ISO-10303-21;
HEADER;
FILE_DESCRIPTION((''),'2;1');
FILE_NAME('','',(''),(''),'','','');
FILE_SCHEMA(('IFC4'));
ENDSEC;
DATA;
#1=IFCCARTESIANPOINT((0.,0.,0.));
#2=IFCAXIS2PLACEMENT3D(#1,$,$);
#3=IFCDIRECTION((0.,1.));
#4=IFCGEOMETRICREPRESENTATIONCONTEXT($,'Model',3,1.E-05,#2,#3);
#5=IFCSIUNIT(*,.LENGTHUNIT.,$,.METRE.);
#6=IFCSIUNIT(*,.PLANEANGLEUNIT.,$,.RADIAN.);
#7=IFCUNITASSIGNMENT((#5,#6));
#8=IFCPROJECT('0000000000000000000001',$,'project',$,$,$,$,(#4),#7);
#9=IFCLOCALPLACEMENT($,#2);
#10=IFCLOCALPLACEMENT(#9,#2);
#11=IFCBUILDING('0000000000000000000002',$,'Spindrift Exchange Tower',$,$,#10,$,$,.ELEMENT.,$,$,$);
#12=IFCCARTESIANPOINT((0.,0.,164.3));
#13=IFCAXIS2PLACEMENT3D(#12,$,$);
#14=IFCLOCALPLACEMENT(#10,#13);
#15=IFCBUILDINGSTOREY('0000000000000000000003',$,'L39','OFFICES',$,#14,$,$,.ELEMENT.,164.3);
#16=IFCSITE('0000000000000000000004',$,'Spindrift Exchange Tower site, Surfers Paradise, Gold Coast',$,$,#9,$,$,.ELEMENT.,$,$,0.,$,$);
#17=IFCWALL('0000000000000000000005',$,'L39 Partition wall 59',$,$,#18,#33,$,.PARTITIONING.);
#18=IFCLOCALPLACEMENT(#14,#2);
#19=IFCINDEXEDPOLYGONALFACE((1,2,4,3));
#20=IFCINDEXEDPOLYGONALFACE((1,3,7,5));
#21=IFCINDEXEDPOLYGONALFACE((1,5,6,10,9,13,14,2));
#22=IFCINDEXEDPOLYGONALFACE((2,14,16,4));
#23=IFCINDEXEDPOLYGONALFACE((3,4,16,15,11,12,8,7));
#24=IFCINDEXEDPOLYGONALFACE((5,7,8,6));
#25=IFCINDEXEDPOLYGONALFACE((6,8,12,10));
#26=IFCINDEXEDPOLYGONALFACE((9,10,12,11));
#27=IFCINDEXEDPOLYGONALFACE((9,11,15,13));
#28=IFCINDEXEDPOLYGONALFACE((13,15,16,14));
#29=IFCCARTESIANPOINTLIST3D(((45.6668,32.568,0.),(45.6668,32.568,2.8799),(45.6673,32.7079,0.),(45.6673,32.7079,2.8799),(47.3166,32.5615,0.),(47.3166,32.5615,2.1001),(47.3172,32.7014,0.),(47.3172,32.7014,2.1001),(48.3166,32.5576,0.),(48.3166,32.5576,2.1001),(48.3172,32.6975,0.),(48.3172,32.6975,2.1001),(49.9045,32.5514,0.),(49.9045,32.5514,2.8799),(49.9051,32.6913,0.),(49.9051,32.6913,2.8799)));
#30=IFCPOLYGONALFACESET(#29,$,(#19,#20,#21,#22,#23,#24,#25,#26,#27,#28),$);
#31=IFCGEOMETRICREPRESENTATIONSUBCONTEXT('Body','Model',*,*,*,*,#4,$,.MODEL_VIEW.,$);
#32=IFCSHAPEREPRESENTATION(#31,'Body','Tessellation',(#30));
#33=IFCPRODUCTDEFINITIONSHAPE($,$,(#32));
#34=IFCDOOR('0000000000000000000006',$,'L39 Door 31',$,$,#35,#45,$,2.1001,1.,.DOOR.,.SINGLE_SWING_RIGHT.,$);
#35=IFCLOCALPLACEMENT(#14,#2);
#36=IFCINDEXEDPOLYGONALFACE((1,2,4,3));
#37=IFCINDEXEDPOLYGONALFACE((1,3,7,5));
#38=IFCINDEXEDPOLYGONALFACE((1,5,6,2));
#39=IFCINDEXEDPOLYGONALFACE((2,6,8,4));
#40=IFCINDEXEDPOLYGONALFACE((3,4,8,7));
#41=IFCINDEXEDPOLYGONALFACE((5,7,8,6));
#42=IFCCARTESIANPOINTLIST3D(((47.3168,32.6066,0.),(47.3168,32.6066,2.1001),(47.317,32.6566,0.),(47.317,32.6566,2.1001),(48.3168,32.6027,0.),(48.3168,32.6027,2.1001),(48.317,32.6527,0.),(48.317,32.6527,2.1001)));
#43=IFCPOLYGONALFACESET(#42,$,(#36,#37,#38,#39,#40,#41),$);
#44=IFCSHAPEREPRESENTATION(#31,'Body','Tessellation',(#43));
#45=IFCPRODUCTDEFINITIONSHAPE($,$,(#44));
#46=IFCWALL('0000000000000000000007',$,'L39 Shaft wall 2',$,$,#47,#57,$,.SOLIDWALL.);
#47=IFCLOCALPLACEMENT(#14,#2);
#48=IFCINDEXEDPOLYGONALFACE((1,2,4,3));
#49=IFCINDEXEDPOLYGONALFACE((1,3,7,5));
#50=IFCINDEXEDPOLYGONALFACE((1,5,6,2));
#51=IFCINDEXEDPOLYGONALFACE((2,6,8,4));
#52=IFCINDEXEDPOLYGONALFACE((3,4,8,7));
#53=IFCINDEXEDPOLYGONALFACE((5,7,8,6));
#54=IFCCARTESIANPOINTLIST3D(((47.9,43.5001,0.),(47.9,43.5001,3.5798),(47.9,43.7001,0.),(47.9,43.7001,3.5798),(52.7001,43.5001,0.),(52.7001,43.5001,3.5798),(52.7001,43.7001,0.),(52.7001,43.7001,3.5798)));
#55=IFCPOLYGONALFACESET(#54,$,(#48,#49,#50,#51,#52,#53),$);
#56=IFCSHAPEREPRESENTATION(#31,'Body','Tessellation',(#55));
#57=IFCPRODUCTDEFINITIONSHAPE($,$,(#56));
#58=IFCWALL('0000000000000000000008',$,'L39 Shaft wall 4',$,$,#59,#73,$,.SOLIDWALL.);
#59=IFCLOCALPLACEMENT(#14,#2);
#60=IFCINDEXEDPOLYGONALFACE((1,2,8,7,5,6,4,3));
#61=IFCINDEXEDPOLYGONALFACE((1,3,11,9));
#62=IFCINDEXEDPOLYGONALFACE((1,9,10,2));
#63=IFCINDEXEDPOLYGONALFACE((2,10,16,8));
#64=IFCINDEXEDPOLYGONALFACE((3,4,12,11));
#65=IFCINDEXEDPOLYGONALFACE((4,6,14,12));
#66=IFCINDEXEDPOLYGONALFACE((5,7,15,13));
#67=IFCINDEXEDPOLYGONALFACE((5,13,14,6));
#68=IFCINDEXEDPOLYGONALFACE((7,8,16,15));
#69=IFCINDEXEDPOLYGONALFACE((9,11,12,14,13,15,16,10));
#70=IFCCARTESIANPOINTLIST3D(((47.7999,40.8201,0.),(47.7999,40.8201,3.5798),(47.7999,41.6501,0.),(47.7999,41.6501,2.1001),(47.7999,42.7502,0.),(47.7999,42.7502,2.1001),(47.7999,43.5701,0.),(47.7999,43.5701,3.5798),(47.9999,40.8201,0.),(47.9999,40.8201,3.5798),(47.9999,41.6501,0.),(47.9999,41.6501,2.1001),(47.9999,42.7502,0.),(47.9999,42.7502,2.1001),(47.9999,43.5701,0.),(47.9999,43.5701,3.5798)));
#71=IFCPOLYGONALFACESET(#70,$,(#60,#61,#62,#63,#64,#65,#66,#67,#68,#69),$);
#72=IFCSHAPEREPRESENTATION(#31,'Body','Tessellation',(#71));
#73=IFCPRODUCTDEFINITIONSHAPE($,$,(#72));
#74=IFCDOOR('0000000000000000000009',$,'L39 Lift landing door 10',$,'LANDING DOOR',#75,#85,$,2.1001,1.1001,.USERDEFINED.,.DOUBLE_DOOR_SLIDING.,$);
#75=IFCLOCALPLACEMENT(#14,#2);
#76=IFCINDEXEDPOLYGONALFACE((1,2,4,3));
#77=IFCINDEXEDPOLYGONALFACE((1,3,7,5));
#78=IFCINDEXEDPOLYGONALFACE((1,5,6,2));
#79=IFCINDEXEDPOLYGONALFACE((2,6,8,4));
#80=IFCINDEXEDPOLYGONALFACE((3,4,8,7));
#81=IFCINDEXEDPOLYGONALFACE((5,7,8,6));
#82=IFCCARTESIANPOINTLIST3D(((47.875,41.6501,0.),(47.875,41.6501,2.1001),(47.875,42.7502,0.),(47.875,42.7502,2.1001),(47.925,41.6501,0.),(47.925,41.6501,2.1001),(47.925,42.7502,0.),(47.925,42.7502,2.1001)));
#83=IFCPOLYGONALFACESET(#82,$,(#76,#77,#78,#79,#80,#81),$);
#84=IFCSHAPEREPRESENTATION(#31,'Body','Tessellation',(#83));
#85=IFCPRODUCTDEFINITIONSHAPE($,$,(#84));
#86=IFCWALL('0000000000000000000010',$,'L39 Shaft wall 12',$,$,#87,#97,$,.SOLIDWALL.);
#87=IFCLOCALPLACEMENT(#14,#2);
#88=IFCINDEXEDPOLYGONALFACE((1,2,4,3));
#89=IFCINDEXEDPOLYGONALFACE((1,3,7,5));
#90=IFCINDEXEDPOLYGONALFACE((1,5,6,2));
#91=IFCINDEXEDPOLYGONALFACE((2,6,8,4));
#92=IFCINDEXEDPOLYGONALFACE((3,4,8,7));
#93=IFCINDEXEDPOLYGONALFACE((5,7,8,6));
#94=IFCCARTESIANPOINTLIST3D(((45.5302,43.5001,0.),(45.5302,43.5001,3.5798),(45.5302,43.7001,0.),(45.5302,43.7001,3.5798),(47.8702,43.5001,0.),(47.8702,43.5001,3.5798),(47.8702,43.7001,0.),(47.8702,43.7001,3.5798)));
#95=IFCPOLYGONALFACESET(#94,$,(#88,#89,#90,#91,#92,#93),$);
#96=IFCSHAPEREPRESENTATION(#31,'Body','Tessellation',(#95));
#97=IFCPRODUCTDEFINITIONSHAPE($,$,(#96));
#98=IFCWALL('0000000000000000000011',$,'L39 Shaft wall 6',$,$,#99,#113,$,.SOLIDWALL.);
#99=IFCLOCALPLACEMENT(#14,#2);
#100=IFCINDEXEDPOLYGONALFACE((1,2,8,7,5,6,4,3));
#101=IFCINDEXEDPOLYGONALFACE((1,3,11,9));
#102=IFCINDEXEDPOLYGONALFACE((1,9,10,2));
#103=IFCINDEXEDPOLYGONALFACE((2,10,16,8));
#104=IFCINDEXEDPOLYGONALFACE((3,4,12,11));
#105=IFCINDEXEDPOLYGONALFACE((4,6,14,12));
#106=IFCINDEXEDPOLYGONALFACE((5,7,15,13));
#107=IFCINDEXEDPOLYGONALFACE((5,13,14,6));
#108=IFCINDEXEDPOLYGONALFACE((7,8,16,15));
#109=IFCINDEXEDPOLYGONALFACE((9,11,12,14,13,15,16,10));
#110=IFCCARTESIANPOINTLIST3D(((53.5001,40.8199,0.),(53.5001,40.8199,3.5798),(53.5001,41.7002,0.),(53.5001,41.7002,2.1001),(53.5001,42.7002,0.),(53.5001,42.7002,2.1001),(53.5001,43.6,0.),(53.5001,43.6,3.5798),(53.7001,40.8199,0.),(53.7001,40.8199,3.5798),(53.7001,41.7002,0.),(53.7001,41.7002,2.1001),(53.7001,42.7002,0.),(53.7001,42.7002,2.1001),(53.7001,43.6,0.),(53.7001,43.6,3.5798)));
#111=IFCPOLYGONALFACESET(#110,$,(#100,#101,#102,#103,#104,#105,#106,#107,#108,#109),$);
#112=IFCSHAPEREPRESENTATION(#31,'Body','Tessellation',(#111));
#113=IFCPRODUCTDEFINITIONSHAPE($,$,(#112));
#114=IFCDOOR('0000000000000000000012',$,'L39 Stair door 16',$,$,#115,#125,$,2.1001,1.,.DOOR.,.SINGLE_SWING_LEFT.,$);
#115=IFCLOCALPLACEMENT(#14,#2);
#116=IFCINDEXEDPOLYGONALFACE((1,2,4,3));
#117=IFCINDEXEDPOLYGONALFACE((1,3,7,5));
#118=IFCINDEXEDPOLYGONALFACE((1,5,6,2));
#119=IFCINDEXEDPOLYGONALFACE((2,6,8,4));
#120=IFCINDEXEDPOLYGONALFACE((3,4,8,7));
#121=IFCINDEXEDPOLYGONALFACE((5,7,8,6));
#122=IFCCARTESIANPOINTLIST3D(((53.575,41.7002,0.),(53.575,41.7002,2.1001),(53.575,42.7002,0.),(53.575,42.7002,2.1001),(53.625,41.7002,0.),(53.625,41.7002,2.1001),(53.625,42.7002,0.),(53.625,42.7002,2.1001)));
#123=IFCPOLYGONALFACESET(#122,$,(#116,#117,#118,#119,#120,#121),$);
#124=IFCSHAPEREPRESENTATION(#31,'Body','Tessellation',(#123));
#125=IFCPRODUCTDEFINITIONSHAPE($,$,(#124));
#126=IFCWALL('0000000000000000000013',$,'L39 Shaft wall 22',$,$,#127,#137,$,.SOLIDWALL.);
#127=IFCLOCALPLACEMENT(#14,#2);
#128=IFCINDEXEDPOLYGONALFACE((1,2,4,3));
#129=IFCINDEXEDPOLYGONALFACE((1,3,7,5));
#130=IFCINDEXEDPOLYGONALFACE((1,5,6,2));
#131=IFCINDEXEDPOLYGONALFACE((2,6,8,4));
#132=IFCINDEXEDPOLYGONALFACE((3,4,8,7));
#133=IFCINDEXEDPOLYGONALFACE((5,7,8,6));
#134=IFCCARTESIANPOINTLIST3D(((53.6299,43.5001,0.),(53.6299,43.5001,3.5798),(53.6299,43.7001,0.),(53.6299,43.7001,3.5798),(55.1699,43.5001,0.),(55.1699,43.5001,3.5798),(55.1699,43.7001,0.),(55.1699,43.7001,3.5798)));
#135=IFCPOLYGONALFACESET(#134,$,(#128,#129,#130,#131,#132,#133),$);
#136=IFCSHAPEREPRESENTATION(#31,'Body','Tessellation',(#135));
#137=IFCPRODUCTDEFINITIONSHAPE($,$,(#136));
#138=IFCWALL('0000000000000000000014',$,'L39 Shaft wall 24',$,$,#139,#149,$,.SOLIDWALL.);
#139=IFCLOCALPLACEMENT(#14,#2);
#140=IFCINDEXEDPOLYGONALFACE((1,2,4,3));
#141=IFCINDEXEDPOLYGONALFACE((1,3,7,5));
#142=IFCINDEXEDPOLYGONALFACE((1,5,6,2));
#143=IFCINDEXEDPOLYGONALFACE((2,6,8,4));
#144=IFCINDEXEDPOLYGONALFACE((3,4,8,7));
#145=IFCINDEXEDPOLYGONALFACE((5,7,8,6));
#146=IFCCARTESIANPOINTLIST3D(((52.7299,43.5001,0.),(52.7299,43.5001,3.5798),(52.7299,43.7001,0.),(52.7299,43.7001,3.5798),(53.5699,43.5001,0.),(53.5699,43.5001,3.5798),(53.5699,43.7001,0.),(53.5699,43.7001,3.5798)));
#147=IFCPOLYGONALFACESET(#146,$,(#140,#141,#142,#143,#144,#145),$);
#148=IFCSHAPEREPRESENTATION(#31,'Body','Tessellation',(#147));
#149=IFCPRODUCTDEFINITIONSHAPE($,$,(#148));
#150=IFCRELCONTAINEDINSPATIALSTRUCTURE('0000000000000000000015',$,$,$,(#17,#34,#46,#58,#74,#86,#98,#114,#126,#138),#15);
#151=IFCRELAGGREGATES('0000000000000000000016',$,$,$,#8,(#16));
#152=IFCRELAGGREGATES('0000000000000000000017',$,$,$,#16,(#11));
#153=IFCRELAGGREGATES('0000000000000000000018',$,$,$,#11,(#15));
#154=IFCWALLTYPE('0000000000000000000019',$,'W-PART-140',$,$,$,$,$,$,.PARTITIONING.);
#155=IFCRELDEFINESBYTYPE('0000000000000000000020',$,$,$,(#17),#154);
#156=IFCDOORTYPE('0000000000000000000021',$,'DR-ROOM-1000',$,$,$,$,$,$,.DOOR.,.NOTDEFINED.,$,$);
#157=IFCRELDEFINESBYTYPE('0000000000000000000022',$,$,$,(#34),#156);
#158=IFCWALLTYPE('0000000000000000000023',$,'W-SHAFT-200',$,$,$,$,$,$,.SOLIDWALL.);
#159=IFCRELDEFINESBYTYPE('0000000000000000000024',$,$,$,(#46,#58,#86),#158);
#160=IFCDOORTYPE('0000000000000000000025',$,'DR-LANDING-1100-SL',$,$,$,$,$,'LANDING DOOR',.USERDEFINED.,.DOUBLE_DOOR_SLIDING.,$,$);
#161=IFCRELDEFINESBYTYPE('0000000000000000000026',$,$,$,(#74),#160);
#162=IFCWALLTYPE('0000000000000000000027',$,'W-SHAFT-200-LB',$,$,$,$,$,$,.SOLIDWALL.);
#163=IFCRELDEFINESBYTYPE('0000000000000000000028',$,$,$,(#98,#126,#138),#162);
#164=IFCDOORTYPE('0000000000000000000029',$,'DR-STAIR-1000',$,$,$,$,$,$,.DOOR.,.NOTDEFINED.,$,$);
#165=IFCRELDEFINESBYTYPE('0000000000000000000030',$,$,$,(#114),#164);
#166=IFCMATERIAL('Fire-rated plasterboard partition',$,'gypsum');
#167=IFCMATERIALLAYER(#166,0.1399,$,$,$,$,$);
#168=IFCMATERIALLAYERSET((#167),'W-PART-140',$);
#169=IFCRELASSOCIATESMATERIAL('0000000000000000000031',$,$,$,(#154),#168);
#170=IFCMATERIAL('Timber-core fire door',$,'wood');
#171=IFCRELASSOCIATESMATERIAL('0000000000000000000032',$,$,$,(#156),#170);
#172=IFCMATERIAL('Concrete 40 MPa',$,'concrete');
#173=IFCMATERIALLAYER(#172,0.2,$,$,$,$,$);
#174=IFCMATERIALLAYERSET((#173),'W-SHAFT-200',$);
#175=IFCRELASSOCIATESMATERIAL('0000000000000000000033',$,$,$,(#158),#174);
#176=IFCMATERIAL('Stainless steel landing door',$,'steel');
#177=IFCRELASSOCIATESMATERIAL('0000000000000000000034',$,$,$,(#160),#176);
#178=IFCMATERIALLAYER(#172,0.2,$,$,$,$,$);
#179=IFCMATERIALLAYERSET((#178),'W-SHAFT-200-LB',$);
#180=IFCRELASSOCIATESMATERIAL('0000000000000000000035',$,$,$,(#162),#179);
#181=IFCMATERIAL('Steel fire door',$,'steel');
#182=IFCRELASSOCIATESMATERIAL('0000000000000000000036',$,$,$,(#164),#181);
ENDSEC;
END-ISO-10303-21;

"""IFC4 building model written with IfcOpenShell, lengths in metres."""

from ifc_helpers import new_model, si_unit, direction, frame, frame_2d, origin, place, context, subcontext, project, spatial, rectangle, extrude, source, transform, mapped, material, layer, layer_set, type_object, element, fill, save


model = new_model("IFC4")

# Units and contexts
model_context = context("Model", 3, precision=1e-05, world=origin(), true_north=direction((0.0, 1.0)))
body_context = subcontext(model_context, "Body", "Model", "MODEL_VIEW")
ifc_project = project(units=[si_unit("LENGTHUNIT", "METRE"), si_unit("PLANEANGLEUNIT", "RADIAN")], contexts=[model_context])

# Site, building, storey
site_placement = place(None, origin())
site = spatial("IfcSite", under=ifc_project, at=site_placement, Name="Spindrift Exchange Tower site, Surfers Paradise, Gold Coast", CompositionType="ELEMENT", RefElevation=0.0)
building_placement = place(site_placement, origin())
building = spatial("IfcBuilding", under=site, at=building_placement, Name="Spindrift Exchange Tower", CompositionType="ELEMENT")
storey_placement = place(building_placement, frame((0.0, 0.0, 164.3)))
storey = spatial("IfcBuildingStorey", under=building, at=storey_placement, Name="L39", Description="OFFICES", CompositionType="ELEMENT", Elevation=164.3)

# Shared definitions
ifc_material_1 = material(Name="Fire-rated plasterboard partition", Category="gypsum")
ifc_layer_1 = layer(ifc_material_1, 0.1399)
ifc_layer_set_1 = layer_set([ifc_layer_1], Name="W-PART-140")
wall_type_1 = type_object("IfcWallType", Name="W-PART-140", PredefinedType="PARTITIONING", material=ifc_layer_set_1)

# Wall, opening, door
wall_1_placement = place(storey_placement, frame((49.9048, 32.6213, 0.0), z_axis=(0.0, 0.0, 1.0), x_axis=(-0.999992, 0.003917, 0.0)))
wall_1 = element("IfcWall", 1, at=wall_1_placement, inside=storey, type_object=wall_type_1, Name="L39 Partition wall 59", PredefinedType="PARTITIONING", context=body_context, shape_type="SweptSolid", body=[
    extrude(rectangle(XDim=4.2378, YDim=0.1399, at=frame_2d((2.1189, 0.0))), origin(), (0.0, 0.0, 1.0), 2.8799),
])
opening_1_placement = place(wall_1_placement, frame((1.5879, 0.0, 0.0)))
opening_1 = element("IfcOpeningElement", 2, at=opening_1_placement, cuts=wall_1, PredefinedType="OPENING", context=body_context, shape_type="SweptSolid", body=[
    extrude(rectangle(XDim=1.0, YDim=2.1001, at=frame_2d((0.5, 1.05))), frame((0.0, 0.0798, 0.0), z_axis=(0.0, -1.0, 0.0), x_axis=(1.0, 0.0, 0.0)), (0.0, 0.0, 1.0), 0.1599),
])
ifc_material_2 = material(Name="Timber-core fire door", Category="wood")
door_type_1 = type_object("IfcDoorType", Name="DR-ROOM-1000", OperationType="NOTDEFINED", PredefinedType="DOOR", material=ifc_material_2)
shared_shape_1 = source(origin(), body_context, "Body", "SweptSolid", [
    extrude(rectangle(XDim=1.0, YDim=2.1001, at=frame_2d((0.5, 1.05))), frame((0.0, 0.0249, 0.0), z_axis=(0.0, -1.0, 0.0), x_axis=(1.0, 0.0, 0.0)), (0.0, 0.0, 1.0), 0.05),
])
door_1_placement = place(opening_1_placement, origin())
door_1 = element("IfcDoor", 3, at=door_1_placement, inside=storey, type_object=door_type_1, Name="L39 Door 31", OperationType="SINGLE_SWING_RIGHT", OverallHeight=2.1001, OverallWidth=1.0, PredefinedType="DOOR", context=body_context, shape_type="MappedRepresentation", body=[
    mapped(shared_shape_1, transform((0.0, 0.0, 0.0), scale=1.0)),
])
fill(opening_1, door_1)

# Wall
ifc_material_3 = material(Name="Concrete 40 MPa", Category="concrete")
ifc_layer_2 = layer(ifc_material_3, 0.2)
ifc_layer_set_2 = layer_set([ifc_layer_2], Name="W-SHAFT-200")
wall_type_2 = type_object("IfcWallType", Name="W-SHAFT-200", PredefinedType="SOLIDWALL", material=ifc_layer_set_2)
wall_2_placement = place(storey_placement, frame((52.7, 43.6001, 0.0), z_axis=(0.0, 0.0, 1.0), x_axis=(-1.0, 0.0, 0.0)))
element("IfcWall", 4, at=wall_2_placement, inside=storey, type_object=wall_type_2, Name="L39 Shaft wall 2", PredefinedType="SOLIDWALL", context=body_context, shape_type="SweptSolid", body=[
    extrude(rectangle(XDim=4.8, YDim=0.2, at=frame_2d((2.3999, 0.0))), origin(), (0.0, 0.0, 1.0), 3.5798),
])

# Wall, opening, door
wall_3_placement = place(storey_placement, frame((47.8999, 40.8201, 0.0), z_axis=(0.0, 0.0, 1.0), x_axis=(0.0, 1.0, 0.0)))
wall_3 = element("IfcWall", 5, at=wall_3_placement, inside=storey, type_object=wall_type_2, Name="L39 Shaft wall 4", PredefinedType="SOLIDWALL", context=body_context, shape_type="SweptSolid", body=[
    extrude(rectangle(XDim=2.75, YDim=0.2, at=frame_2d((1.375, 0.0))), origin(), (0.0, 0.0, 1.0), 3.5798),
])
opening_2_placement = place(wall_3_placement, frame((0.8301, 0.0, 0.0)))
opening_2 = element("IfcOpeningElement", 6, at=opening_2_placement, cuts=wall_3, PredefinedType="OPENING", context=body_context, shape_type="SweptSolid", body=[
    extrude(rectangle(XDim=1.1001, YDim=2.1001, at=frame_2d((0.55, 1.05))), frame((0.0, 0.1099, 0.0), z_axis=(0.0, -1.0, 0.0), x_axis=(1.0, 0.0, 0.0)), (0.0, 0.0, 1.0), 0.22),
])
ifc_material_4 = material(Name="Stainless steel landing door", Category="steel")
door_type_2 = type_object("IfcDoorType", Name="DR-LANDING-1100-SL", ElementType="LANDING DOOR", OperationType="DOUBLE_DOOR_SLIDING", PredefinedType="USERDEFINED", material=ifc_material_4)
shared_shape_2 = source(origin(), body_context, "Body", "SweptSolid", [
    extrude(rectangle(XDim=1.1001, YDim=2.1001, at=frame_2d((0.55, 1.05))), frame((0.0, 0.0249, 0.0), z_axis=(0.0, -1.0, 0.0), x_axis=(1.0, 0.0, 0.0)), (0.0, 0.0, 1.0), 0.05),
])
door_2_placement = place(opening_2_placement, origin())
door_2 = element("IfcDoor", 7, at=door_2_placement, inside=storey, type_object=door_type_2, Name="L39 Lift landing door 10", ObjectType="LANDING DOOR", OperationType="DOUBLE_DOOR_SLIDING", OverallHeight=2.1001, OverallWidth=1.1001, PredefinedType="USERDEFINED", context=body_context, shape_type="MappedRepresentation", body=[
    mapped(shared_shape_2, transform((0.0, 0.0, 0.0), scale=1.0)),
])
fill(opening_2, door_2)

# Wall
wall_4_placement = place(storey_placement, frame((47.8701, 43.6001, 0.0), z_axis=(0.0, 0.0, 1.0), x_axis=(-1.0, 0.0, 0.0)))
element("IfcWall", 8, at=wall_4_placement, inside=storey, type_object=wall_type_2, Name="L39 Shaft wall 12", PredefinedType="SOLIDWALL", context=body_context, shape_type="SweptSolid", body=[
    extrude(rectangle(XDim=2.3401, YDim=0.2, at=frame_2d((1.1699, 0.0))), origin(), (0.0, 0.0, 1.0), 3.5798),
])

# Wall, opening, door
ifc_layer_3 = layer(ifc_material_3, 0.2)
ifc_layer_set_3 = layer_set([ifc_layer_3], Name="W-SHAFT-200-LB")
wall_type_3 = type_object("IfcWallType", Name="W-SHAFT-200-LB", PredefinedType="SOLIDWALL", material=ifc_layer_set_3)
wall_5_placement = place(storey_placement, frame((53.6001, 43.6001, 0.0), z_axis=(0.0, 0.0, 1.0), x_axis=(0.0, -1.0, 0.0)))
wall_5 = element("IfcWall", 9, at=wall_5_placement, inside=storey, type_object=wall_type_3, Name="L39 Shaft wall 6", PredefinedType="SOLIDWALL", context=body_context, shape_type="SweptSolid", body=[
    extrude(rectangle(XDim=2.78, YDim=0.2, at=frame_2d((1.3901, 0.0))), origin(), (0.0, 0.0, 1.0), 3.5798),
])
opening_3_placement = place(wall_5_placement, frame((0.8999, 0.0, 0.0)))
opening_3 = element("IfcOpeningElement", 10, at=opening_3_placement, cuts=wall_5, PredefinedType="OPENING", context=body_context, shape_type="SweptSolid", body=[
    extrude(rectangle(XDim=1.0, YDim=2.1001, at=frame_2d((0.5, 1.05))), frame((0.0, 0.1099, 0.0), z_axis=(0.0, -1.0, 0.0), x_axis=(1.0, 0.0, 0.0)), (0.0, 0.0, 1.0), 0.22),
])
ifc_material_5 = material(Name="Steel fire door", Category="steel")
door_type_3 = type_object("IfcDoorType", Name="DR-STAIR-1000", OperationType="NOTDEFINED", PredefinedType="DOOR", material=ifc_material_5)
shared_shape_3 = source(origin(), body_context, "Body", "SweptSolid", [
    extrude(rectangle(XDim=1.0, YDim=2.1001, at=frame_2d((0.5, 1.05))), frame((0.0, 0.0249, 0.0), z_axis=(0.0, -1.0, 0.0), x_axis=(1.0, 0.0, 0.0)), (0.0, 0.0, 1.0), 0.05),
])
door_3_placement = place(opening_3_placement, origin())
door_3 = element("IfcDoor", 11, at=door_3_placement, inside=storey, type_object=door_type_3, Name="L39 Stair door 16", OperationType="SINGLE_SWING_LEFT", OverallHeight=2.1001, OverallWidth=1.0, PredefinedType="DOOR", context=body_context, shape_type="MappedRepresentation", body=[
    mapped(shared_shape_3, transform((0.0, 0.0, 0.0), scale=1.0)),
])
fill(opening_3, door_3)

# Walls
wall_6_placement = place(storey_placement, frame((53.6299, 43.6001, 0.0), z_axis=(0.0, 0.0, 1.0), x_axis=(1.0, 0.0, 0.0)))
element("IfcWall", 12, at=wall_6_placement, inside=storey, type_object=wall_type_3, Name="L39 Shaft wall 22", PredefinedType="SOLIDWALL", context=body_context, shape_type="SweptSolid", body=[
    extrude(rectangle(XDim=1.54, YDim=0.2, at=frame_2d((0.77, 0.0))), origin(), (0.0, 0.0, 1.0), 3.5798),
])
wall_7_placement = place(storey_placement, frame((52.73, 43.6001, 0.0), z_axis=(0.0, 0.0, 1.0), x_axis=(1.0, 0.0, 0.0)))
element("IfcWall", 13, at=wall_7_placement, inside=storey, type_object=wall_type_3, Name="L39 Shaft wall 24", PredefinedType="SOLIDWALL", context=body_context, shape_type="SweptSolid", body=[
    extrude(rectangle(XDim=0.8401, YDim=0.2, at=frame_2d((0.4199, 0.0))), origin(), (0.0, 0.0, 1.0), 3.5798),
])

save(model, "model.ifc")
